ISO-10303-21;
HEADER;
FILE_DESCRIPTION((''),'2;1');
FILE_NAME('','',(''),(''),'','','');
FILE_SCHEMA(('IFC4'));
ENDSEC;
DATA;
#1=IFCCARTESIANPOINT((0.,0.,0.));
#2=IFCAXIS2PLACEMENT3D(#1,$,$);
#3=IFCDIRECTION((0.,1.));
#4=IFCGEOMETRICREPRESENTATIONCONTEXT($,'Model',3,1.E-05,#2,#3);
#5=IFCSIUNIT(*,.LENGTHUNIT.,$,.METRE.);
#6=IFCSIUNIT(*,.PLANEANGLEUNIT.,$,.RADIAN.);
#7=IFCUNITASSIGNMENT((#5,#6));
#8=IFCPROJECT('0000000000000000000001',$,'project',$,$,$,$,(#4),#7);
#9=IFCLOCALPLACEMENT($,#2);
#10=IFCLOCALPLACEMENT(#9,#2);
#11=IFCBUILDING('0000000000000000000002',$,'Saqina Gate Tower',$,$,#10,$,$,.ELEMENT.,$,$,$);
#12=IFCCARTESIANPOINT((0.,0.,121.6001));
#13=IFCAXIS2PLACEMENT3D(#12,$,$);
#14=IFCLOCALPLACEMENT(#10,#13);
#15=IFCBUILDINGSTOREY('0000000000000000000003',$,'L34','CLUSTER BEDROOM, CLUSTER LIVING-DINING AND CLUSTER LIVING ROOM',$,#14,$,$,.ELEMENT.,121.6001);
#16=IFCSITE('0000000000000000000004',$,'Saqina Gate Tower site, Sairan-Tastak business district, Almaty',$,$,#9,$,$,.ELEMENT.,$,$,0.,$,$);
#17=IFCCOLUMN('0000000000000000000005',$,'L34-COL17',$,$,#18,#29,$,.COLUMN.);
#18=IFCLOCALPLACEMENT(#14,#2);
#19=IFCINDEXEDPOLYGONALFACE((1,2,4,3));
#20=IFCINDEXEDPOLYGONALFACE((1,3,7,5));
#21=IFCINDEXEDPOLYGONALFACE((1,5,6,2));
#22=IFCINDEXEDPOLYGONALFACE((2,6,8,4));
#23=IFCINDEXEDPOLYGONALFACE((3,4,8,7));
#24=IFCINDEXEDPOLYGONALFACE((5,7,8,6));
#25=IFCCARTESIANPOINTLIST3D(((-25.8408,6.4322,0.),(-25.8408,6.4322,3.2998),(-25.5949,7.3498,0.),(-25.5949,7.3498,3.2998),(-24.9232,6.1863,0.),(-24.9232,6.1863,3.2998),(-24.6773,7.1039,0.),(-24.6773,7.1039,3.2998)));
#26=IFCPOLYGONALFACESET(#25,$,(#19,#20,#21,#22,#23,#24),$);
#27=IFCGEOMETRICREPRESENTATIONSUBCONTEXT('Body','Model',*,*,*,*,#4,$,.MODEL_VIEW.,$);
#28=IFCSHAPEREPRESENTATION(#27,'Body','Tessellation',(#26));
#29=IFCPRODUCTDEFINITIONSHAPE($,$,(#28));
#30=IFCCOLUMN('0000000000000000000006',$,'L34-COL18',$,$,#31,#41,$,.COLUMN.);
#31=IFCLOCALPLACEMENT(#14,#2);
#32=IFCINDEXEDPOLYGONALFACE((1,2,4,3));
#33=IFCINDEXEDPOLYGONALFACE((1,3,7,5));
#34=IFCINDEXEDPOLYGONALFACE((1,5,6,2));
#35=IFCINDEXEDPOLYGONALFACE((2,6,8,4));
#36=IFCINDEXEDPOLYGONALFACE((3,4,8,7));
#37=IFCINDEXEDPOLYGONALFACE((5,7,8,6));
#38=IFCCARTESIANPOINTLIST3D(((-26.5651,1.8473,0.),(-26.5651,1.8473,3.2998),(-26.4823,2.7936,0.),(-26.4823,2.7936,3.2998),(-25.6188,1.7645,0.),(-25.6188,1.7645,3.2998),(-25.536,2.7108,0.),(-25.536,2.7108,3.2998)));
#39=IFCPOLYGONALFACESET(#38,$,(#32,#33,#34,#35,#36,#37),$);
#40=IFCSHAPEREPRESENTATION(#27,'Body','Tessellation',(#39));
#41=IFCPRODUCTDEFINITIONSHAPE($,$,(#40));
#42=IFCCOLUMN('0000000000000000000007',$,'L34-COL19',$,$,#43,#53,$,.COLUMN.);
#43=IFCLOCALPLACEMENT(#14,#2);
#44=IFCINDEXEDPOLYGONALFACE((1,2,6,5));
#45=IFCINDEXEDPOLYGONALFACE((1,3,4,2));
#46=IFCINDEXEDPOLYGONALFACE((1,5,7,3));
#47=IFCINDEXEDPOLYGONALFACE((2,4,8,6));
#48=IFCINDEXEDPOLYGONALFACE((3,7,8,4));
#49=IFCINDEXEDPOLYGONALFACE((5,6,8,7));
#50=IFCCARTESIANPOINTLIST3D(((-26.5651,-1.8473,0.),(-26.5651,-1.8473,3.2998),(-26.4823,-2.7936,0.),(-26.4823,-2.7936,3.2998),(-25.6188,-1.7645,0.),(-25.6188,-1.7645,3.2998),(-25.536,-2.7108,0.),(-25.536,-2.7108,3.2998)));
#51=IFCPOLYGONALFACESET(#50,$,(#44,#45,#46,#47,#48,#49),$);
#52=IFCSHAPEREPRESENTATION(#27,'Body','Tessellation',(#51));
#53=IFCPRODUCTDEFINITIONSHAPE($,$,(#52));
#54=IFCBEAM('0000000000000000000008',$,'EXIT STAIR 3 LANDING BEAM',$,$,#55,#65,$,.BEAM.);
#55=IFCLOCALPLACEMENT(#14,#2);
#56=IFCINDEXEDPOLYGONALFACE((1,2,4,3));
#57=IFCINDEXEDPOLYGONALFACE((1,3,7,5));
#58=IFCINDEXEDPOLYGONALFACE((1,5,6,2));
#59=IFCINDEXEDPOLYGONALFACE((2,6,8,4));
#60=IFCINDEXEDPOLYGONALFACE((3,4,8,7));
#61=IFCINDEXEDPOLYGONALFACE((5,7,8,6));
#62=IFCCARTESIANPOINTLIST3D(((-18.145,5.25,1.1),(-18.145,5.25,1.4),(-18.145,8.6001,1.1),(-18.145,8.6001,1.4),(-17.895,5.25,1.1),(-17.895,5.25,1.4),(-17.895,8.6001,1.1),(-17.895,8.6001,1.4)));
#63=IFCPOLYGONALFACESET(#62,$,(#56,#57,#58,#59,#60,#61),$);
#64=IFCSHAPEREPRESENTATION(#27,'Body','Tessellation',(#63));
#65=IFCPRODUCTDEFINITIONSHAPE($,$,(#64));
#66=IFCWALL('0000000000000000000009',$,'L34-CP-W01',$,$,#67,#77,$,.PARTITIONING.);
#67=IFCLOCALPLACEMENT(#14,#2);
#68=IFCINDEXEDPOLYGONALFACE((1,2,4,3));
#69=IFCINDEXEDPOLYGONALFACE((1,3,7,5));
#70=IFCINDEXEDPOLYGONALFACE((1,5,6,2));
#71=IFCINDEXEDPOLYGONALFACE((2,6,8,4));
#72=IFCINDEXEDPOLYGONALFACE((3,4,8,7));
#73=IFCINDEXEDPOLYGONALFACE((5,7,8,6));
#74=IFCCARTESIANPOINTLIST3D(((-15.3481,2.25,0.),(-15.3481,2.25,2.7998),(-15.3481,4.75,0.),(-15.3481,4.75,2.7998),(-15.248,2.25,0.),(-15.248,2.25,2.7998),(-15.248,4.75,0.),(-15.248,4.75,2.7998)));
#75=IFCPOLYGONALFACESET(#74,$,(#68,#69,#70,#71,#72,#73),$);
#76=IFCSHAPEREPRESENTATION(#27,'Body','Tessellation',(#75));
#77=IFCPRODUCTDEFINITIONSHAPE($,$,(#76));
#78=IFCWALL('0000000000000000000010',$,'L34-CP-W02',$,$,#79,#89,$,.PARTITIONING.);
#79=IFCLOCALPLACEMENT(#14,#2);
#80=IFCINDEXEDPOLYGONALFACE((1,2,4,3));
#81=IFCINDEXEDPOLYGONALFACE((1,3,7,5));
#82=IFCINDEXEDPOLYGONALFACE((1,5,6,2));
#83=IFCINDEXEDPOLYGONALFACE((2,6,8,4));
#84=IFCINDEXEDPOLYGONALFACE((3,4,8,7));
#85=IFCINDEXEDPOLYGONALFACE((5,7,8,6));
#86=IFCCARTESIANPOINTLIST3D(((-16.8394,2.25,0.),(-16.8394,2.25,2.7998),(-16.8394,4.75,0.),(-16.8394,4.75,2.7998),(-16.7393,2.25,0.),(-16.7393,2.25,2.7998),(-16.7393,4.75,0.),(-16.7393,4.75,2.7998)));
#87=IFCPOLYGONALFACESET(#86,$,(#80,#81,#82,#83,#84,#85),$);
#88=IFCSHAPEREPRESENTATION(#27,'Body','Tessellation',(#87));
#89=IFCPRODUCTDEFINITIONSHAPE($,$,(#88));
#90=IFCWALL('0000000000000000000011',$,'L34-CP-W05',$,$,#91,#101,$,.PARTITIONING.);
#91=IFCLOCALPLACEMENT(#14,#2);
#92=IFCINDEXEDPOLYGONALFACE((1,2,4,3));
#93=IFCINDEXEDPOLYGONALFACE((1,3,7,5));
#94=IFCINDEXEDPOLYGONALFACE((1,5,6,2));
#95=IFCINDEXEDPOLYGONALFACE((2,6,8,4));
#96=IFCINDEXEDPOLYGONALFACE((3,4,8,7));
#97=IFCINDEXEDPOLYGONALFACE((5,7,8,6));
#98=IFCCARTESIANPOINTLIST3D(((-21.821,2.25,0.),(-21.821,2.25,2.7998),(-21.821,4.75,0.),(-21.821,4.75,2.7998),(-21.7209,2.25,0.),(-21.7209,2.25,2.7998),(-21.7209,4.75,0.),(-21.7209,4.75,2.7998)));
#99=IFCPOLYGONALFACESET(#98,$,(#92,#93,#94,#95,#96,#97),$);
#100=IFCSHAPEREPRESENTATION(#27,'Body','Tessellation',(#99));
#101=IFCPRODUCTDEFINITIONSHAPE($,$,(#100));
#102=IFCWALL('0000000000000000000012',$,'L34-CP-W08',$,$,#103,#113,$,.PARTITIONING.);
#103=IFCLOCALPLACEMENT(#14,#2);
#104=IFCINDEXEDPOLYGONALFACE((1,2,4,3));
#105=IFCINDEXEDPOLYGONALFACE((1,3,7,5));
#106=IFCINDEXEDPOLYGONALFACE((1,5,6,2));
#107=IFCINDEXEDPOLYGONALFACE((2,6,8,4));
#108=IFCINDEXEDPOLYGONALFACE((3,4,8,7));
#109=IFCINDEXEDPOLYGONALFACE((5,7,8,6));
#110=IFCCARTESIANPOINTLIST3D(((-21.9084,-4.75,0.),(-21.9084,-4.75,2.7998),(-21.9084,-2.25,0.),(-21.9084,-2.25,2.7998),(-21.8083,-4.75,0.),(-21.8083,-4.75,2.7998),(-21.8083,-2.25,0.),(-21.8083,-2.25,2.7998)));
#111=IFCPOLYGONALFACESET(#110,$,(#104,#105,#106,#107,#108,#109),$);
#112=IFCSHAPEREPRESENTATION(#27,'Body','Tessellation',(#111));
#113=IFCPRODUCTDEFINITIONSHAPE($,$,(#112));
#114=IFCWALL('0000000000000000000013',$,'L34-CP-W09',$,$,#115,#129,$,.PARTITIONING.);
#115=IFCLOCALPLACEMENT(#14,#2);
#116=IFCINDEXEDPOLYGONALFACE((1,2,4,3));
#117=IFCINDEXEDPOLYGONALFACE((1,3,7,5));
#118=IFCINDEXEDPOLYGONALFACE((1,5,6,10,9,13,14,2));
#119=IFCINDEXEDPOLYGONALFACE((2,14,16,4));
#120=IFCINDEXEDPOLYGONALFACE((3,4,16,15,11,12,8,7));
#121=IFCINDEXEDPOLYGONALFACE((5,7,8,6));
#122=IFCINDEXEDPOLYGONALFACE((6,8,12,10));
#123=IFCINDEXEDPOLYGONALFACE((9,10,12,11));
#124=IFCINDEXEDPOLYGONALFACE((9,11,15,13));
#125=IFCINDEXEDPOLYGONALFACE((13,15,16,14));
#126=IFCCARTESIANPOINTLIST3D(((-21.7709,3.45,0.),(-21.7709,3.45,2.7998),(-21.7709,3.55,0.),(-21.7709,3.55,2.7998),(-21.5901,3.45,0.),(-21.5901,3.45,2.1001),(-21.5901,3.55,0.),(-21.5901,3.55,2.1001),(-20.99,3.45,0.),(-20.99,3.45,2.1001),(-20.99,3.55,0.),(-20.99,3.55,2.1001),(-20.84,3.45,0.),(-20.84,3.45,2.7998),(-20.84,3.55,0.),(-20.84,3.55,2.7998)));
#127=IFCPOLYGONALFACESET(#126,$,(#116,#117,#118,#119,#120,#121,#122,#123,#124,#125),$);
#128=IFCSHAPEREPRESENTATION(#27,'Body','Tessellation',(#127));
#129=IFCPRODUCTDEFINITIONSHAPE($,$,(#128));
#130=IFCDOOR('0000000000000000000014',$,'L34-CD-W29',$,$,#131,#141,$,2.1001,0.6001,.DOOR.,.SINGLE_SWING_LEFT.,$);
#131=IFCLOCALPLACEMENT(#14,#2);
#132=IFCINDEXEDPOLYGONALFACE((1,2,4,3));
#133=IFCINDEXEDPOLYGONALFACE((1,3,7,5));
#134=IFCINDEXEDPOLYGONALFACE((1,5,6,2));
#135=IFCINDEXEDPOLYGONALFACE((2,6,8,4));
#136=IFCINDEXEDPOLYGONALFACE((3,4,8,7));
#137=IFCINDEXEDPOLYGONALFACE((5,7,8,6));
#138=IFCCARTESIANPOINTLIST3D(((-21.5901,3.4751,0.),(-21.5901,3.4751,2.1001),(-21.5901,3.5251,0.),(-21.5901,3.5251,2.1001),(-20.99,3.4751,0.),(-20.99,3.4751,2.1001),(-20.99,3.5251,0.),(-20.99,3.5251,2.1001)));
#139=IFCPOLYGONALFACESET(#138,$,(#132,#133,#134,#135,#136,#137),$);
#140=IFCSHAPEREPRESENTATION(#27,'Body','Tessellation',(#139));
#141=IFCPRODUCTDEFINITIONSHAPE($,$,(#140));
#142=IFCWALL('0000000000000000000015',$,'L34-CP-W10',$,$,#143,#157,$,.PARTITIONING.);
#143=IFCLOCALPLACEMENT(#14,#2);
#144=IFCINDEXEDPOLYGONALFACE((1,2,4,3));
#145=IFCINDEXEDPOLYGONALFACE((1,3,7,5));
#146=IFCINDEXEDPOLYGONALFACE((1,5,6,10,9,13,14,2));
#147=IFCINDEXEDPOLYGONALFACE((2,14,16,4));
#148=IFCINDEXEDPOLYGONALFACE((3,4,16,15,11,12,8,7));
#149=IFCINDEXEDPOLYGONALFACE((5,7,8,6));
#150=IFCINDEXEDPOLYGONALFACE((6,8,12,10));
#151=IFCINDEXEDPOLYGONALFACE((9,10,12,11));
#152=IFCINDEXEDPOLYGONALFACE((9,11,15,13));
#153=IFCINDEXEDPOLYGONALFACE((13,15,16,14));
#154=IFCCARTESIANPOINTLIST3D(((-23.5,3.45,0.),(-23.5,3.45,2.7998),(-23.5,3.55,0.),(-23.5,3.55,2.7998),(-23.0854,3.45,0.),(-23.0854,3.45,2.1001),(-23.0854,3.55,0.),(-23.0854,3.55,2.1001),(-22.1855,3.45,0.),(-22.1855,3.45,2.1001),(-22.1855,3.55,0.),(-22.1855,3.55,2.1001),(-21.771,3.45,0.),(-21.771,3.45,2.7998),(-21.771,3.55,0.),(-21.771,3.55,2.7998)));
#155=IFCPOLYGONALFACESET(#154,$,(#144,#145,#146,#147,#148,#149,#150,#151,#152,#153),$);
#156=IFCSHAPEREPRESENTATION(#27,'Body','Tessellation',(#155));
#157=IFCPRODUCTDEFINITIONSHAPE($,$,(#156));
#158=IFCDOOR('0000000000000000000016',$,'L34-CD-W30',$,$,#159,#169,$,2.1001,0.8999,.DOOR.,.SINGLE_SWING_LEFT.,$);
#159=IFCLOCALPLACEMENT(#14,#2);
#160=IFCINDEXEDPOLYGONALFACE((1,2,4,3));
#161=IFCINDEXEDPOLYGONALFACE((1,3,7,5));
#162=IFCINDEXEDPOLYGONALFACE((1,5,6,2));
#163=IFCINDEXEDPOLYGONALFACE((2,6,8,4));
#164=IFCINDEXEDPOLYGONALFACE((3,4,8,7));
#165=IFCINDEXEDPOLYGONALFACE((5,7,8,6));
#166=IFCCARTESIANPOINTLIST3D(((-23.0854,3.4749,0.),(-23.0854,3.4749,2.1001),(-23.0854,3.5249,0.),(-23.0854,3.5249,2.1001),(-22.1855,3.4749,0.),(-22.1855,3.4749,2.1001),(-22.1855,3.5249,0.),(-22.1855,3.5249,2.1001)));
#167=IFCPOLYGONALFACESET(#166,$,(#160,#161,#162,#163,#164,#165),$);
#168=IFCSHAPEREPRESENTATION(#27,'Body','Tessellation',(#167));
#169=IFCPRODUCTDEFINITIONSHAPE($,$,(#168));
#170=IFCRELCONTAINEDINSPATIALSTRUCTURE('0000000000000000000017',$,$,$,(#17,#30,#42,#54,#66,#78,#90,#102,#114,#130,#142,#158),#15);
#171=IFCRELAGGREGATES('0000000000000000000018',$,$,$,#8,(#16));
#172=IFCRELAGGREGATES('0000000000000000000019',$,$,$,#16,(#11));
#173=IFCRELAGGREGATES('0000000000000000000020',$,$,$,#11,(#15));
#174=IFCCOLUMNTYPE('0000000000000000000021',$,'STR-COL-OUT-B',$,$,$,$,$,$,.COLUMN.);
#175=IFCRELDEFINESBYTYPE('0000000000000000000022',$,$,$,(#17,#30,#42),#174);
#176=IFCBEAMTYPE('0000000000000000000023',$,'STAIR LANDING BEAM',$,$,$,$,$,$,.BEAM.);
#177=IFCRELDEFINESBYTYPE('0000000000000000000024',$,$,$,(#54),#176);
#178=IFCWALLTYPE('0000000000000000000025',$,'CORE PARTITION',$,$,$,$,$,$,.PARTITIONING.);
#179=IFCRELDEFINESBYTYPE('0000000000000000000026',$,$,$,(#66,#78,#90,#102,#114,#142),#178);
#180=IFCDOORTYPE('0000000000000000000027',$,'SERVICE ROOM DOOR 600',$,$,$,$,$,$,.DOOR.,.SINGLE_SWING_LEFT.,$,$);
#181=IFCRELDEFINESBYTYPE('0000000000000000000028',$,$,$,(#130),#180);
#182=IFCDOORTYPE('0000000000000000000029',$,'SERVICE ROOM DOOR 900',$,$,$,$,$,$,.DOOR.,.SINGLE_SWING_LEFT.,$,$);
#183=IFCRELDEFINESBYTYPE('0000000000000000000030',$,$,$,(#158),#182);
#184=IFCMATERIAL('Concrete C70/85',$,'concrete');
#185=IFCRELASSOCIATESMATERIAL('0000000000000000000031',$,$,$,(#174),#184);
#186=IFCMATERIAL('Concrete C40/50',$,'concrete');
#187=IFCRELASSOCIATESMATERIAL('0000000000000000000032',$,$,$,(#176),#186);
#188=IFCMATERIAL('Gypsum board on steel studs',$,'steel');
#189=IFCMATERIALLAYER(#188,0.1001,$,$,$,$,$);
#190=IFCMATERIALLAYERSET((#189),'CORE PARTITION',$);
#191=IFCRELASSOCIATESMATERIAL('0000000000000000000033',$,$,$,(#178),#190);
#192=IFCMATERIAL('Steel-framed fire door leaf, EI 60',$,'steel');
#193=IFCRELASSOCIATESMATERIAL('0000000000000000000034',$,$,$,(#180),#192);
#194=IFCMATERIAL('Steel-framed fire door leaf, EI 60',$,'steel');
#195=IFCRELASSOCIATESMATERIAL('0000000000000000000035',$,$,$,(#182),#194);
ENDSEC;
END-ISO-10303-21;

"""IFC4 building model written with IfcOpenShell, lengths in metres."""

from ifc_helpers import new_model, si_unit, direction, frame, frame_2d, origin, origin_2d, place, context, subcontext, project, spatial, rectangle, extrude, material, layer, layer_set, material_profile, profile_set, type_object, element, fill, save


model = new_model("IFC4")

# Units and contexts
model_context = context("Model", 3, precision=1e-05, world=origin(), true_north=direction((0.0, 1.0)))
body_context = subcontext(model_context, "Body", "Model", "MODEL_VIEW")
ifc_project = project(units=[si_unit("LENGTHUNIT", "METRE"), si_unit("PLANEANGLEUNIT", "RADIAN")], contexts=[model_context])

# Site, building, storey
site_placement = place(None, origin())
site = spatial("IfcSite", under=ifc_project, at=site_placement, Name="Saqina Gate Tower site, Sairan-Tastak business district, Almaty", CompositionType="ELEMENT", RefElevation=0.0)
building_placement = place(site_placement, origin())
building = spatial("IfcBuilding", under=site, at=building_placement, Name="Saqina Gate Tower", CompositionType="ELEMENT")
storey_placement = place(building_placement, frame((0.0, 0.0, 121.6001)))
storey = spatial("IfcBuildingStorey", under=building, at=storey_placement, Name="L34", Description="CLUSTER BEDROOM, CLUSTER LIVING-DINING AND CLUSTER LIVING ROOM", CompositionType="ELEMENT", Elevation=121.6001)

# Columns
ifc_material_1 = material(Name="Concrete C70/85", Category="concrete")
ifc_material_profile_1 = material_profile(ifc_material_1, rectangle(XDim=0.95, YDim=0.95, at=origin_2d()), Name="RC 950x950")
ifc_profile_set_1 = profile_set([ifc_material_profile_1], Name="Concrete C70/85")
column_type = type_object("IfcColumnType", Name="STR-COL-OUT-B", PredefinedType="COLUMN", material=ifc_profile_set_1)
for number, where, z_axis, x_axis, name in (
    (1, (-25.259, 6.7681, 0.0), (0.0, 0.0, 1.0), (-0.965926, 0.258819, 0.0), "L34-COL17"),
    (2, (-26.0505, 2.2791, 0.0), (0.0, 0.0, 1.0), (-0.996195, 0.087156, 0.0), "L34-COL18"),
    (3, (-26.0505, -2.2791, 0.0), (0.0, 0.0, 1.0), (-0.996195, -0.087156, 0.0), "L34-COL19"),
):
    element("IfcColumn", number, at=place(storey_placement, frame(where, z_axis=z_axis, x_axis=x_axis)), inside=storey, type_object=column_type, Name=name, PredefinedType="COLUMN", context=body_context, shape_type="SweptSolid", body=[
        extrude(rectangle(XDim=0.95, YDim=0.95, at=origin_2d()), origin(), (0.0, 0.0, 1.0), 3.2998),
    ])

# Beam
ifc_material_2 = material(Name="Concrete C40/50", Category="concrete")
ifc_material_profile_2 = material_profile(ifc_material_2, rectangle(XDim=0.25, YDim=0.3, at=origin_2d()), Name="STAIR LANDING BEAM")
ifc_profile_set_2 = profile_set([ifc_material_profile_2], Name="Concrete C40/50")
beam_type = type_object("IfcBeamType", Name="STAIR LANDING BEAM", PredefinedType="BEAM", material=ifc_profile_set_2)
beam_placement = place(storey_placement, frame((-18.02, 5.25, 1.25), z_axis=(0.0, 1.0, 0.0), x_axis=(-1.0, 0.0, 0.0)))
element("IfcBeam", 4, at=beam_placement, inside=storey, type_object=beam_type, Name="EXIT STAIR 3 LANDING BEAM", PredefinedType="BEAM", context=body_context, shape_type="SweptSolid", body=[
    extrude(rectangle(XDim=0.25, YDim=0.3, at=origin_2d()), origin(), (0.0, 0.0, 1.0), 3.3501),
])

# Walls
ifc_material_3 = material(Name="Gypsum board on steel studs", Category="steel")
ifc_layer_1 = layer(ifc_material_3, 0.1001)
ifc_layer_set_1 = layer_set([ifc_layer_1], Name="CORE PARTITION")
wall_type_1 = type_object("IfcWallType", Name="CORE PARTITION", PredefinedType="PARTITIONING", material=ifc_layer_set_1)
for number, where, z_axis, x_axis, name in (
    (5, (-15.2981, 2.25, 0.0), (0.0, 0.0, 1.0), (0.0, 1.0, 0.0), "L34-CP-W01"),
    (6, (-16.7893, 2.25, 0.0), (0.0, 0.0, 1.0), (0.0, 1.0, 0.0), "L34-CP-W02"),
    (7, (-21.771, 2.25, 0.0), (0.0, 0.0, 1.0), (0.0, 1.0, 0.0), "L34-CP-W05"),
    (8, (-21.8584, -4.75, 0.0), (0.0, 0.0, 1.0), (0.0, 1.0, 0.0), "L34-CP-W08"),
):
    element("IfcWall", number, at=place(storey_placement, frame(where, z_axis=z_axis, x_axis=x_axis)), inside=storey, type_object=wall_type_1, Name=name, PredefinedType="PARTITIONING", context=body_context, shape_type="SweptSolid", body=[
        extrude(rectangle(XDim=2.5, YDim=0.1001, at=frame_2d((1.25, 0.0))), origin(), (0.0, 0.0, 1.0), 2.7998),
    ])

# Walls, openings, doors
wall_1_placement = place(storey_placement, frame((-20.8401, 3.5, 0.0), z_axis=(0.0, 0.0, 1.0), x_axis=(-1.0, 0.0, 0.0)))
wall_1 = element("IfcWall", 9, at=wall_1_placement, inside=storey, type_object=wall_type_1, Name="L34-CP-W09", PredefinedType="PARTITIONING", context=body_context, shape_type="SweptSolid", body=[
    extrude(rectangle(XDim=0.9309, YDim=0.1001, at=frame_2d((0.4653, 0.0))), origin(), (0.0, 0.0, 1.0), 2.7998),
])
opening_1_placement = place(wall_1_placement, frame((0.1499, 0.0, 0.0)))
opening_1 = element("IfcOpeningElement", 10, at=opening_1_placement, cuts=wall_1, PredefinedType="OPENING", context=body_context, shape_type="SweptSolid", body=[
    extrude(rectangle(XDim=0.6001, YDim=2.1001, at=frame_2d((0.3, 1.05))), frame((0.0, 0.062, 0.0), z_axis=(0.0, -1.0, 0.0), x_axis=(1.0, 0.0, 0.0)), (0.0, 0.0, 1.0), 0.124),
])
ifc_material_4 = material(Name="Steel-framed fire door leaf, EI 60", Category="steel")
door_type_1 = type_object("IfcDoorType", Name="SERVICE ROOM DOOR 600", OperationType="SINGLE_SWING_LEFT", PredefinedType="DOOR", material=ifc_material_4)
door_1_placement = place(opening_1_placement, origin())
door_1 = element("IfcDoor", 11, at=door_1_placement, inside=storey, type_object=door_type_1, Name="L34-CD-W29", OperationType="SINGLE_SWING_LEFT", OverallHeight=2.1001, OverallWidth=0.6001, PredefinedType="DOOR", context=body_context, shape_type="SweptSolid", body=[
    extrude(rectangle(XDim=0.6001, YDim=2.1001, at=frame_2d((0.3, 1.05))), frame((0.0, 0.0249, 0.0), z_axis=(0.0, -1.0, 0.0), x_axis=(1.0, 0.0, 0.0)), (0.0, 0.0, 1.0), 0.05),
])
fill(opening_1, door_1)
wall_2_placement = place(storey_placement, frame((-21.771, 3.5, 0.0), z_axis=(0.0, 0.0, 1.0), x_axis=(-1.0, 0.0, 0.0)))
wall_2 = element("IfcWall", 12, at=wall_2_placement, inside=storey, type_object=wall_type_1, Name="L34-CP-W10", PredefinedType="PARTITIONING", context=body_context, shape_type="SweptSolid", body=[
    extrude(rectangle(XDim=1.729, YDim=0.1001, at=frame_2d((0.8645, 0.0))), origin(), (0.0, 0.0, 1.0), 2.7998),
])
opening_2_placement = place(wall_2_placement, frame((0.4146, 0.0, 0.0)))
opening_2 = element("IfcOpeningElement", 13, at=opening_2_placement, cuts=wall_2, PredefinedType="OPENING", context=body_context, shape_type="SweptSolid", body=[
    extrude(rectangle(XDim=0.8999, YDim=2.1001, at=frame_2d((0.45, 1.05))), frame((0.0, 0.062, 0.0), z_axis=(0.0, -1.0, 0.0), x_axis=(1.0, 0.0, 0.0)), (0.0, 0.0, 1.0), 0.124),
])
ifc_material_5 = material(Name="Steel-framed fire door leaf, EI 60", Category="steel")
door_type_2 = type_object("IfcDoorType", Name="SERVICE ROOM DOOR 900", OperationType="SINGLE_SWING_LEFT", PredefinedType="DOOR", material=ifc_material_5)
door_2_placement = place(opening_2_placement, frame((0.8999, 0.0, 0.0), z_axis=(0.0, 0.0, 1.0), x_axis=(-1.0, 0.0, 0.0)))
door_2 = element("IfcDoor", 14, at=door_2_placement, inside=storey, type_object=door_type_2, Name="L34-CD-W30", OperationType="SINGLE_SWING_LEFT", OverallHeight=2.1001, OverallWidth=0.8999, PredefinedType="DOOR", context=body_context, shape_type="SweptSolid", body=[
    extrude(rectangle(XDim=0.8999, YDim=2.1001, at=frame_2d((0.45, 1.05))), frame((0.0, 0.0249, 0.0), z_axis=(0.0, -1.0, 0.0), x_axis=(1.0, 0.0, 0.0)), (0.0, 0.0, 1.0), 0.05),
])
fill(opening_2, door_2)

save(model, "model.ifc")
